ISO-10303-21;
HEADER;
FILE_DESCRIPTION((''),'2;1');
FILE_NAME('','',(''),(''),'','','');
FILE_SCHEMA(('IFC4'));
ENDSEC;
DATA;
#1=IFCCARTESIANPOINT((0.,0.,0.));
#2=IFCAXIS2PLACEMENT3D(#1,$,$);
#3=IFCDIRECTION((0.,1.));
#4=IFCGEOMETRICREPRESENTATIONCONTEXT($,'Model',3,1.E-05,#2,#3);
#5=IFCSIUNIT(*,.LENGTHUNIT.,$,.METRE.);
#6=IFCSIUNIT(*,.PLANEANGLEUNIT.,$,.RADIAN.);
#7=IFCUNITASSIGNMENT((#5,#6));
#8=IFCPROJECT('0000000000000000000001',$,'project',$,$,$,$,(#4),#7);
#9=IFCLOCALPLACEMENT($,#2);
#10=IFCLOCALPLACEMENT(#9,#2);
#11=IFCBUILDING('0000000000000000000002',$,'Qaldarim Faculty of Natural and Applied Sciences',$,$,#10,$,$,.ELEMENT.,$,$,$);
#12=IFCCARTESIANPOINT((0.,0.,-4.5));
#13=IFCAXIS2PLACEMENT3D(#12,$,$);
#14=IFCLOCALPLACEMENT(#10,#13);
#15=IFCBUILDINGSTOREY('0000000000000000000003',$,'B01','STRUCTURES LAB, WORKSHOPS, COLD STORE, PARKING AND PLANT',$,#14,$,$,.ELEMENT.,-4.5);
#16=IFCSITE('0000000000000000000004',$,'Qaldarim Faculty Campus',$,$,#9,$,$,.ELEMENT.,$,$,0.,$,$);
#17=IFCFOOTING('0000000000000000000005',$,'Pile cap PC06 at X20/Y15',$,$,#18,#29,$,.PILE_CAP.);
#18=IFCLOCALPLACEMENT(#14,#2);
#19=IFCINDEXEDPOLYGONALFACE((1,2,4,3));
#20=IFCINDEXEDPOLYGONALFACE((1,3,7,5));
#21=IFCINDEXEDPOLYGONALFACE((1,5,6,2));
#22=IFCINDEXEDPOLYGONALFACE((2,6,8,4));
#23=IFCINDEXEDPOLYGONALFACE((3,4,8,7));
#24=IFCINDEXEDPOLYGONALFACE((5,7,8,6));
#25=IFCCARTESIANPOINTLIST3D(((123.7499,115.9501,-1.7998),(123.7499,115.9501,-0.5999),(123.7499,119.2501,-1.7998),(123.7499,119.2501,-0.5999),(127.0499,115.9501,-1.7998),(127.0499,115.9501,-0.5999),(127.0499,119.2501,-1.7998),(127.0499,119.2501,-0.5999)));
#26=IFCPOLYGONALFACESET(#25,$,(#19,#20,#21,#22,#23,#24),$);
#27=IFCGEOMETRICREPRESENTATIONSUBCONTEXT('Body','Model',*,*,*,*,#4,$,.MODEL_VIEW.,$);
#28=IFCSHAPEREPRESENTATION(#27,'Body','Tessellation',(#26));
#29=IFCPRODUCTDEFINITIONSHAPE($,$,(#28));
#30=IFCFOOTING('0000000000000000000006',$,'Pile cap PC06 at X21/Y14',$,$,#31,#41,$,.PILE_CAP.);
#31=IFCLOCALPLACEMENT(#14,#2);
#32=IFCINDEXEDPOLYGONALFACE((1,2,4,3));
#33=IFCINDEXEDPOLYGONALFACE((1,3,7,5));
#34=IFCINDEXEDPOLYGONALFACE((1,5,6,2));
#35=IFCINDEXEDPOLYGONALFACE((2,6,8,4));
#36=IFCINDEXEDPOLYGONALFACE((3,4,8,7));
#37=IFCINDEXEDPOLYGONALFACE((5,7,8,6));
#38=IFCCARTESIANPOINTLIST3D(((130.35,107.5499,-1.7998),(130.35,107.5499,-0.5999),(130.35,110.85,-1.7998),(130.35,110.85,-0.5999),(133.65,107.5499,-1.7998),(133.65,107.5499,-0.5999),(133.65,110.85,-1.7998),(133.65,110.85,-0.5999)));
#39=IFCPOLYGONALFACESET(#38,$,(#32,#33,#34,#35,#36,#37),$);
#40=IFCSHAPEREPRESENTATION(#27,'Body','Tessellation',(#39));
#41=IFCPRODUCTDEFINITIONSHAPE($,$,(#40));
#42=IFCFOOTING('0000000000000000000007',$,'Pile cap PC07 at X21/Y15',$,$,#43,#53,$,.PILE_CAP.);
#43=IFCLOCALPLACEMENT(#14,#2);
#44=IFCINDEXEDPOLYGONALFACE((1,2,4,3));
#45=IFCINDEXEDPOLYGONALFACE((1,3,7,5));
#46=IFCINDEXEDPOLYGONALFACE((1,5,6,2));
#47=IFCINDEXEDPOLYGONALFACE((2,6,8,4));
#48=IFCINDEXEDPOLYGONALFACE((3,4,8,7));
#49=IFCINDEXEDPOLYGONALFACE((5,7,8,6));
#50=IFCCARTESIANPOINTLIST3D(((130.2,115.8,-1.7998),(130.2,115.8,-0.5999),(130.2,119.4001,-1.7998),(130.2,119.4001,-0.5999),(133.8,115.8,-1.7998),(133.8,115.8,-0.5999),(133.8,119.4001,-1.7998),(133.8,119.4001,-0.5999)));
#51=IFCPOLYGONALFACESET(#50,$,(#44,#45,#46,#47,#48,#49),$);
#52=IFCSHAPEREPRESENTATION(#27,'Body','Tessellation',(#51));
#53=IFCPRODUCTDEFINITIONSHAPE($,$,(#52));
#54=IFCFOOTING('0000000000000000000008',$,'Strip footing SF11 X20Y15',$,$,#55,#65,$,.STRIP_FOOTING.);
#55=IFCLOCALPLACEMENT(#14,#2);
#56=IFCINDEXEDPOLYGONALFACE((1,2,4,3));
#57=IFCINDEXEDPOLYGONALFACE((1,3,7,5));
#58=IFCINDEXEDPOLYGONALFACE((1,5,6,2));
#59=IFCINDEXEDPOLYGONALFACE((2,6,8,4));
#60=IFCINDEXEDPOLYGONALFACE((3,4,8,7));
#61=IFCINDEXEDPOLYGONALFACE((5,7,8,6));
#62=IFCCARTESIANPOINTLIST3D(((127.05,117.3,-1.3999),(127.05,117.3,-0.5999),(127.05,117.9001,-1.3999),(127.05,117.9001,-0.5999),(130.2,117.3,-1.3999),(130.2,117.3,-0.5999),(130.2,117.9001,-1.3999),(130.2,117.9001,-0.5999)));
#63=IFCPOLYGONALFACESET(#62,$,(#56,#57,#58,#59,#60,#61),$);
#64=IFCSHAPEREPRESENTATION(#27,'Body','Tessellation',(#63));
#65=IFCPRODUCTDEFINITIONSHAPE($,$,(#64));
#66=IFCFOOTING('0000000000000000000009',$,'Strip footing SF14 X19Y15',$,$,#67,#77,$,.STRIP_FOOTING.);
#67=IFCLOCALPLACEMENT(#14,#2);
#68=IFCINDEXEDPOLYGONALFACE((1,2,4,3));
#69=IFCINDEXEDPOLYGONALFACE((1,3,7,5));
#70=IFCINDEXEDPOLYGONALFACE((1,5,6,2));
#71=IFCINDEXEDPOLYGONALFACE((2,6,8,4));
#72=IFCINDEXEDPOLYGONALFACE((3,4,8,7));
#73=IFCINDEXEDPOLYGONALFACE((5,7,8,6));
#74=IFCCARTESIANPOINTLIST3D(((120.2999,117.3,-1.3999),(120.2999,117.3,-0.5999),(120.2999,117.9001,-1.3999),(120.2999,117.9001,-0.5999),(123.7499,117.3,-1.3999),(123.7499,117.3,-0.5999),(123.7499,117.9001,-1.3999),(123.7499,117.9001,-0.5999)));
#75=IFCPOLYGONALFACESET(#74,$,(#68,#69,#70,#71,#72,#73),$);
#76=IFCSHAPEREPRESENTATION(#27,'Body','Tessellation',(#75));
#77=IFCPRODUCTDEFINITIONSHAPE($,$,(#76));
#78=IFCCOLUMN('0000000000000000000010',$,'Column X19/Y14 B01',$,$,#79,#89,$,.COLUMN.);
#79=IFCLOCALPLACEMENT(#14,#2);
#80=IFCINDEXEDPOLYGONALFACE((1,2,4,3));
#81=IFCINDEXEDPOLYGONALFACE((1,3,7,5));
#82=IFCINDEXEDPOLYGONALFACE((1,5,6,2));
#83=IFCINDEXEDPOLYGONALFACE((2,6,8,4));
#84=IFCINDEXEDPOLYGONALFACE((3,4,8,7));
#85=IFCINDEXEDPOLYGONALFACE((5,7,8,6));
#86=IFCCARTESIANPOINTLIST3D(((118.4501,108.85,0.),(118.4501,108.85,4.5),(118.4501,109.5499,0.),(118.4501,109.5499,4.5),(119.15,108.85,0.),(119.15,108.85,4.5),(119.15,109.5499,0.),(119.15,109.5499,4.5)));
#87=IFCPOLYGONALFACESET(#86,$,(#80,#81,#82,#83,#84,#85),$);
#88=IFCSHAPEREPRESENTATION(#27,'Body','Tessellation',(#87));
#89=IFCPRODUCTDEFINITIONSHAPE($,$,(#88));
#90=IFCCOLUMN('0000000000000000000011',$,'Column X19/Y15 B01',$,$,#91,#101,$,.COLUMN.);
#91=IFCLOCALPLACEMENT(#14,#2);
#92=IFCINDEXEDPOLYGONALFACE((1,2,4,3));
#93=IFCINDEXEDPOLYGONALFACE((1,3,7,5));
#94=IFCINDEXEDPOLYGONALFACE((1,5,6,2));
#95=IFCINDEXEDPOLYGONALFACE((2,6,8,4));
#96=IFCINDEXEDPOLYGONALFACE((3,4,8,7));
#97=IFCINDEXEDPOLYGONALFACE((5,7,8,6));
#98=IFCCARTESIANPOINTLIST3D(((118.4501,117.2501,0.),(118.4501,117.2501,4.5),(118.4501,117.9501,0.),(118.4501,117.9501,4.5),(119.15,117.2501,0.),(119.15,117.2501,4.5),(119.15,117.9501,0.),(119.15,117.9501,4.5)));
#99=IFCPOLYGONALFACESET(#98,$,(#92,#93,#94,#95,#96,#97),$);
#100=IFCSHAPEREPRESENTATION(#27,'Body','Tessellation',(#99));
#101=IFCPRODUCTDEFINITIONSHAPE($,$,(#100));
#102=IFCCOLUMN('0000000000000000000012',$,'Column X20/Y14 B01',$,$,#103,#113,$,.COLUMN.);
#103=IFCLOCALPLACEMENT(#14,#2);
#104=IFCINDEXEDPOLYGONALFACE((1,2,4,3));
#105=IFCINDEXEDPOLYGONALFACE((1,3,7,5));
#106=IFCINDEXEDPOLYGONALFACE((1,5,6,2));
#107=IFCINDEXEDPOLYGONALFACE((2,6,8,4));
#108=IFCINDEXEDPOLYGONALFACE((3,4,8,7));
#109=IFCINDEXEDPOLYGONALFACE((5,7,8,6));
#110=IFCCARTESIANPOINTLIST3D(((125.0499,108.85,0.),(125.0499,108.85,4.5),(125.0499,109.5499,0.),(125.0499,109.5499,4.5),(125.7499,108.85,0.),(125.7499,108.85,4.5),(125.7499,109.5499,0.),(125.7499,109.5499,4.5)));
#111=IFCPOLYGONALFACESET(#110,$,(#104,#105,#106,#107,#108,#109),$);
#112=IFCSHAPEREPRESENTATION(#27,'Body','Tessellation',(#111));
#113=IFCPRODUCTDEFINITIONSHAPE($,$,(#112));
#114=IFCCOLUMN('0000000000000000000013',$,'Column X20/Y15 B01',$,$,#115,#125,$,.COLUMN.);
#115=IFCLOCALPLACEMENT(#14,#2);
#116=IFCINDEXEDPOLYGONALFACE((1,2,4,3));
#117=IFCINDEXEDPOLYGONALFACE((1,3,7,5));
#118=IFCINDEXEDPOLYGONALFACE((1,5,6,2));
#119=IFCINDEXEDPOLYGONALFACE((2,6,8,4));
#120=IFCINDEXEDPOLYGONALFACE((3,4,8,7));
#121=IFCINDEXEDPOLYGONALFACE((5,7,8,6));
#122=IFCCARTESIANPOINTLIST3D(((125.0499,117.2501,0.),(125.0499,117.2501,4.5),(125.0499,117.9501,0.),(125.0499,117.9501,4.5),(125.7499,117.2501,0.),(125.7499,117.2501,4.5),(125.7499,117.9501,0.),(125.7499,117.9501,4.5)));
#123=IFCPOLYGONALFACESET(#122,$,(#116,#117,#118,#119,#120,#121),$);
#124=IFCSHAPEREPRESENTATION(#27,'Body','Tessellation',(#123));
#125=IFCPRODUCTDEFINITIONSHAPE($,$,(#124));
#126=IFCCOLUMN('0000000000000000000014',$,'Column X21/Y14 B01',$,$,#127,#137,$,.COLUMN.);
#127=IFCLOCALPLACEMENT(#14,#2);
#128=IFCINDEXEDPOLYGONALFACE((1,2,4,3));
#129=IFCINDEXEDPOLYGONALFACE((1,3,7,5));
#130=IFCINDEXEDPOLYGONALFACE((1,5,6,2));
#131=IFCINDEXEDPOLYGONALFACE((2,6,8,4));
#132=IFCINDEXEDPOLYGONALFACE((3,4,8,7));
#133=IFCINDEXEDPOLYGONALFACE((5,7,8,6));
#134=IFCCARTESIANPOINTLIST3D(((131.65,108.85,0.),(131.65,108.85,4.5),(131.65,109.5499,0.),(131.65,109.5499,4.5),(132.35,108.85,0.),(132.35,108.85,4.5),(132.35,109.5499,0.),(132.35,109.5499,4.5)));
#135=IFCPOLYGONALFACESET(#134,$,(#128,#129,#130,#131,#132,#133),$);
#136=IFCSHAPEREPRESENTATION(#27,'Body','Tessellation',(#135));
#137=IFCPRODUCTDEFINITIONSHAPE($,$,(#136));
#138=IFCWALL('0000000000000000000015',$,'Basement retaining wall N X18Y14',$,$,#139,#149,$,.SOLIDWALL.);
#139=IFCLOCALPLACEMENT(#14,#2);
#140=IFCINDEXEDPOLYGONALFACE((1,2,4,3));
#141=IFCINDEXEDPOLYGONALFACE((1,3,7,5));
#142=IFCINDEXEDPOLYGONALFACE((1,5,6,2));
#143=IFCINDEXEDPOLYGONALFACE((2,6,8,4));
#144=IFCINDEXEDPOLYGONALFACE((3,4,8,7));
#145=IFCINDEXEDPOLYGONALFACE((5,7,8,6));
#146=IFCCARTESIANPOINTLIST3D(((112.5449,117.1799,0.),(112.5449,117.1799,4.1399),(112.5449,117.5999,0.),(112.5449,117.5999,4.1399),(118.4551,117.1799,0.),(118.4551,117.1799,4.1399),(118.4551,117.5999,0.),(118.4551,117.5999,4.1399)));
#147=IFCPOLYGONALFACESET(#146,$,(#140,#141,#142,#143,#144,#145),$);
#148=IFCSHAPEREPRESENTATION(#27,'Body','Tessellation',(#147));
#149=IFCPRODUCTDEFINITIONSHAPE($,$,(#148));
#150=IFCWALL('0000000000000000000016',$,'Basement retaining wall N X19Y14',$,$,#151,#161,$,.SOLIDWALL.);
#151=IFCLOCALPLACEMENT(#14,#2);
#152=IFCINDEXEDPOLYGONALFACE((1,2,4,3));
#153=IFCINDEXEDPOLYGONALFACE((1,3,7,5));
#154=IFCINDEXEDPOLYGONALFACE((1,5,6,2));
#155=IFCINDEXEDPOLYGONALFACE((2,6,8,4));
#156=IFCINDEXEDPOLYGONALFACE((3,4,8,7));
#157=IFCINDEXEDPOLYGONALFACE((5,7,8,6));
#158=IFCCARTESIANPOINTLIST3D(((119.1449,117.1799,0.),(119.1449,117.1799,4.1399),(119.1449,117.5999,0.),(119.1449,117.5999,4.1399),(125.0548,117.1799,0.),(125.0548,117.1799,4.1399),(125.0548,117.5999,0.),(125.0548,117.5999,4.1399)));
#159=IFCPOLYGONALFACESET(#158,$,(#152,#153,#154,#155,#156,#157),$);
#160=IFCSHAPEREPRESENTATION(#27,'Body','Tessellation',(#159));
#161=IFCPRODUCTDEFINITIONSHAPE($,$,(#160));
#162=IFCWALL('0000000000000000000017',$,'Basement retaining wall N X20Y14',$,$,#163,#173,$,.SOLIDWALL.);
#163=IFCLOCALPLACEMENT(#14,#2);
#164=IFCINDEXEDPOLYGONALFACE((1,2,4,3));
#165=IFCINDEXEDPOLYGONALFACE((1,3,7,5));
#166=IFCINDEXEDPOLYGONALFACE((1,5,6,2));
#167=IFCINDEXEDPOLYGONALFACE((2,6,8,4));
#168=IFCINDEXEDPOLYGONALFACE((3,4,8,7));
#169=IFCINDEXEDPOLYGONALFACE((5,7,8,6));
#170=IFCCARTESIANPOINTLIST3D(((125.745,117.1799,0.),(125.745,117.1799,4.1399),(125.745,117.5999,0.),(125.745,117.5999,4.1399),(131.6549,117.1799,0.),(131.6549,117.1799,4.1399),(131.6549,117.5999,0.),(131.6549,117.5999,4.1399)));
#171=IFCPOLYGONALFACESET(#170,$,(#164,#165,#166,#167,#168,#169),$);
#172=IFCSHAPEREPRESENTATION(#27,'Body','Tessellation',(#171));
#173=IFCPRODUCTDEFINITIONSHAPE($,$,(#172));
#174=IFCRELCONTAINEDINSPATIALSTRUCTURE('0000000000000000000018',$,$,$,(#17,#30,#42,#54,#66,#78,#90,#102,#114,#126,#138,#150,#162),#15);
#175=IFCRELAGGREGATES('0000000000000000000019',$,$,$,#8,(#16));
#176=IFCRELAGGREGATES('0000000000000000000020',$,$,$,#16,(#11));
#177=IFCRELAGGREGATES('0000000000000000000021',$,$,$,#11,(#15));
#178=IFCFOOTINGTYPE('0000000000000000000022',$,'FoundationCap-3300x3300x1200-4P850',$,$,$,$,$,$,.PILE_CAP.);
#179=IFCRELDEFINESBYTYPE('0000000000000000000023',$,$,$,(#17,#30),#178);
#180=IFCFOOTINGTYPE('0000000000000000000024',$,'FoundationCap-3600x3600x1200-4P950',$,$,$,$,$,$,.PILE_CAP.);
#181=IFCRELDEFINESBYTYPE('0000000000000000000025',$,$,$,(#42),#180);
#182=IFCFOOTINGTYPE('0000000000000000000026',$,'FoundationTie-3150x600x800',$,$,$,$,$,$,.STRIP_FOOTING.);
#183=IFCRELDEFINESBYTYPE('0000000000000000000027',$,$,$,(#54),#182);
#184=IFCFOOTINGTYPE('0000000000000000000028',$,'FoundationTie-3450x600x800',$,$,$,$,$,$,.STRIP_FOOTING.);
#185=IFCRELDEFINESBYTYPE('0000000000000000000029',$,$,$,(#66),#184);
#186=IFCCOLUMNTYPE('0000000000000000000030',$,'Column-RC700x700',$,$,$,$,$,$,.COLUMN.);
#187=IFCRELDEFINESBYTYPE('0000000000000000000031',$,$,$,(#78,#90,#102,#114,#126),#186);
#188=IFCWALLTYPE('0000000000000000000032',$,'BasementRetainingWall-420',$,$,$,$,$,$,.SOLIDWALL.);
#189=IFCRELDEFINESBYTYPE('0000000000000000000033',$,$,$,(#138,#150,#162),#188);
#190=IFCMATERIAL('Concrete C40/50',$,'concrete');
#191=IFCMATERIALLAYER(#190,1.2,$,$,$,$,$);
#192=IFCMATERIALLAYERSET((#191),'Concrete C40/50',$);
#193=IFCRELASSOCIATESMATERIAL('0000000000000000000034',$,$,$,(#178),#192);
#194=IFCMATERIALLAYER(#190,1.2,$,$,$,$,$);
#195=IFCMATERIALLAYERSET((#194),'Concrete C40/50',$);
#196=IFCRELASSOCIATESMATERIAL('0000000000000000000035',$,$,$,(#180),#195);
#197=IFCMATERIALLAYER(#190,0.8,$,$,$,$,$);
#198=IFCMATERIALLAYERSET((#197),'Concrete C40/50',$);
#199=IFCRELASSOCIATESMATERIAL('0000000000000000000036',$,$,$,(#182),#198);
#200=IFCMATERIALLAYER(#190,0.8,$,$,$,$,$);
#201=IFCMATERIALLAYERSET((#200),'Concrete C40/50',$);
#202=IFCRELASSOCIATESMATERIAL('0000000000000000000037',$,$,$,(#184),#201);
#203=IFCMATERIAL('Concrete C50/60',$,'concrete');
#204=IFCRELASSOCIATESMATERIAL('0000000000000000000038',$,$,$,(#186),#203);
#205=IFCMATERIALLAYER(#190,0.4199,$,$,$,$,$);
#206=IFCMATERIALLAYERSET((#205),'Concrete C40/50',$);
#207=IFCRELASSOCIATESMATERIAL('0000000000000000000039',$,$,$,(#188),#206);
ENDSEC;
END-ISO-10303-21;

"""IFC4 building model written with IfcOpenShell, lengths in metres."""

from ifc_helpers import new_model, si_unit, direction, frame, frame_2d, origin, origin_2d, place, context, subcontext, project, spatial, rectangle, extrude, material, layer, layer_set, material_profile, profile_set, type_object, element, save


model = new_model("IFC4")

# Units and contexts
model_context = context("Model", 3, precision=1e-05, world=origin(), true_north=direction((0.0, 1.0)))
body_context = subcontext(model_context, "Body", "Model", "MODEL_VIEW")
ifc_project = project(units=[si_unit("LENGTHUNIT", "METRE"), si_unit("PLANEANGLEUNIT", "RADIAN")], contexts=[model_context])

# Site, building, storey
site_placement = place(None, origin())
site = spatial("IfcSite", under=ifc_project, at=site_placement, Name="Qaldarim Faculty Campus", CompositionType="ELEMENT", RefElevation=0.0)
building_placement = place(site_placement, origin())
building = spatial("IfcBuilding", under=site, at=building_placement, Name="Qaldarim Faculty of Natural and Applied Sciences", CompositionType="ELEMENT")
storey_placement = place(building_placement, frame((0.0, 0.0, -4.5)))
storey = spatial("IfcBuildingStorey", under=building, at=storey_placement, Name="B01", Description="STRUCTURES LAB, WORKSHOPS, COLD STORE, PARKING AND PLANT", CompositionType="ELEMENT", Elevation=-4.5)

# Shared definitions
ifc_material_1 = material(Name="Concrete C40/50", Category="concrete")

# Footings
ifc_layer_1 = layer(ifc_material_1, 1.2)
ifc_layer_set_1 = layer_set([ifc_layer_1], Name="Concrete C40/50")
footing_type_1 = type_object("IfcFootingType", Name="FoundationCap-3300x3300x1200-4P850", PredefinedType="PILE_CAP", material=ifc_layer_set_1)
for number, where, z_axis, x_axis, name in (
    (1, (125.3999, 117.6001, -1.7998), (0.0, 0.0, 1.0), (1.0, 0.0, 0.0), "Pile cap PC06 at X20/Y15"),
    (2, (132.0, 109.2, -1.7998), (0.0, 0.0, 1.0), (1.0, 0.0, 0.0), "Pile cap PC06 at X21/Y14"),
):
    element("IfcFooting", number, at=place(storey_placement, frame(where, z_axis=z_axis, x_axis=x_axis)), inside=storey, type_object=footing_type_1, Name=name, PredefinedType="PILE_CAP", context=body_context, shape_type="SweptSolid", body=[
        extrude(rectangle(XDim=3.3, YDim=3.3, at=origin_2d()), origin(), (0.0, 0.0, 1.0), 1.2),
    ])
ifc_layer_2 = layer(ifc_material_1, 1.2)
ifc_layer_set_2 = layer_set([ifc_layer_2], Name="Concrete C40/50")
footing_type_2 = type_object("IfcFootingType", Name="FoundationCap-3600x3600x1200-4P950", PredefinedType="PILE_CAP", material=ifc_layer_set_2)
footing_1_placement = place(storey_placement, frame((132.0, 117.6001, -1.7998), z_axis=(0.0, 0.0, 1.0), x_axis=(1.0, 0.0, 0.0)))
element("IfcFooting", 3, at=footing_1_placement, inside=storey, type_object=footing_type_2, Name="Pile cap PC07 at X21/Y15", PredefinedType="PILE_CAP", context=body_context, shape_type="SweptSolid", body=[
    extrude(rectangle(XDim=3.6001, YDim=3.6001, at=origin_2d()), origin(), (0.0, 0.0, 1.0), 1.2),
])
ifc_layer_3 = layer(ifc_material_1, 0.8)
ifc_layer_set_3 = layer_set([ifc_layer_3], Name="Concrete C40/50")
footing_type_3 = type_object("IfcFootingType", Name="FoundationTie-3150x600x800", PredefinedType="STRIP_FOOTING", material=ifc_layer_set_3)
footing_2_placement = place(storey_placement, frame((128.625, 117.6001, -1.3999), z_axis=(0.0, 0.0, 1.0), x_axis=(1.0, 0.0, 0.0)))
element("IfcFooting", 4, at=footing_2_placement, inside=storey, type_object=footing_type_3, Name="Strip footing SF11 X20Y15", PredefinedType="STRIP_FOOTING", context=body_context, shape_type="SweptSolid", body=[
    extrude(rectangle(XDim=3.1499, YDim=0.6001, at=origin_2d()), origin(), (0.0, 0.0, 1.0), 0.8),
])
ifc_layer_4 = layer(ifc_material_1, 0.8)
ifc_layer_set_4 = layer_set([ifc_layer_4], Name="Concrete C40/50")
footing_type_4 = type_object("IfcFootingType", Name="FoundationTie-3450x600x800", PredefinedType="STRIP_FOOTING", material=ifc_layer_set_4)
footing_3_placement = place(storey_placement, frame((122.0249, 117.6001, -1.3999), z_axis=(0.0, 0.0, 1.0), x_axis=(1.0, 0.0, 0.0)))
element("IfcFooting", 5, at=footing_3_placement, inside=storey, type_object=footing_type_4, Name="Strip footing SF14 X19Y15", PredefinedType="STRIP_FOOTING", context=body_context, shape_type="SweptSolid", body=[
    extrude(rectangle(XDim=3.45, YDim=0.6001, at=origin_2d()), origin(), (0.0, 0.0, 1.0), 0.8),
])

# Columns
ifc_material_2 = material(Name="Concrete C50/60", Category="concrete")
ifc_material_profile_1 = material_profile(ifc_material_2, rectangle(XDim=0.7, YDim=0.7, at=origin_2d()), Name="RC-C700x700")
ifc_profile_set_1 = profile_set([ifc_material_profile_1], Name="Concrete C50/60")
column_type = type_object("IfcColumnType", Name="Column-RC700x700", PredefinedType="COLUMN", material=ifc_profile_set_1)
for number, where, z_axis, x_axis, name in (
    (6, (118.8, 109.2, 0.0), (0.0, 0.0, 1.0), (1.0, 0.0, 0.0), "Column X19/Y14 B01"),
    (7, (118.8, 117.6001, 0.0), (0.0, 0.0, 1.0), (1.0, 0.0, 0.0), "Column X19/Y15 B01"),
    (8, (125.3999, 109.2, 0.0), (0.0, 0.0, 1.0), (1.0, 0.0, 0.0), "Column X20/Y14 B01"),
    (9, (125.3999, 117.6001, 0.0), (0.0, 0.0, 1.0), (1.0, 0.0, 0.0), "Column X20/Y15 B01"),
    (10, (132.0, 109.2, 0.0), (0.0, 0.0, 1.0), (1.0, 0.0, 0.0), "Column X21/Y14 B01"),
):
    element("IfcColumn", number, at=place(storey_placement, frame(where, z_axis=z_axis, x_axis=x_axis)), inside=storey, type_object=column_type, Name=name, PredefinedType="COLUMN", context=body_context, shape_type="SweptSolid", body=[
        extrude(rectangle(XDim=0.7, YDim=0.7, at=origin_2d()), origin(), (0.0, 0.0, 1.0), 4.5),
    ])

# Walls
ifc_layer_5 = layer(ifc_material_1, 0.4199)
ifc_layer_set_5 = layer_set([ifc_layer_5], Name="Concrete C40/50")
wall_type = type_object("IfcWallType", Name="BasementRetainingWall-420", PredefinedType="SOLIDWALL", material=ifc_layer_set_5)
wall_placement = place(storey_placement, frame((118.4551, 117.3899, 0.0), z_axis=(0.0, 0.0, 1.0), x_axis=(-1.0, 0.0, 0.0)))
element("IfcWall", 11, at=wall_placement, inside=storey, type_object=wall_type, Name="Basement retaining wall N X18Y14", PredefinedType="SOLIDWALL", context=body_context, shape_type="SweptSolid", body=[
    extrude(rectangle(XDim=5.9102, YDim=0.4199, at=frame_2d((2.9551, 0.0))), origin(), (0.0, 0.0, 1.0), 4.1399),
])
for number, where, z_axis, x_axis, name in (
    (12, (125.0549, 117.3899, 0.0), (0.0, 0.0, 1.0), (-1.0, 0.0, 0.0), "Basement retaining wall N X19Y14"),
    (13, (131.655, 117.3899, 0.0), (0.0, 0.0, 1.0), (-1.0, 0.0, 0.0), "Basement retaining wall N X20Y14"),
):
    element("IfcWall", number, at=place(storey_placement, frame(where, z_axis=z_axis, x_axis=x_axis)), inside=storey, type_object=wall_type, Name=name, PredefinedType="SOLIDWALL", context=body_context, shape_type="SweptSolid", body=[
        extrude(rectangle(XDim=5.9099, YDim=0.4199, at=frame_2d((2.9551, 0.0))), origin(), (0.0, 0.0, 1.0), 4.1399),
    ])

save(model, "model.ifc")
